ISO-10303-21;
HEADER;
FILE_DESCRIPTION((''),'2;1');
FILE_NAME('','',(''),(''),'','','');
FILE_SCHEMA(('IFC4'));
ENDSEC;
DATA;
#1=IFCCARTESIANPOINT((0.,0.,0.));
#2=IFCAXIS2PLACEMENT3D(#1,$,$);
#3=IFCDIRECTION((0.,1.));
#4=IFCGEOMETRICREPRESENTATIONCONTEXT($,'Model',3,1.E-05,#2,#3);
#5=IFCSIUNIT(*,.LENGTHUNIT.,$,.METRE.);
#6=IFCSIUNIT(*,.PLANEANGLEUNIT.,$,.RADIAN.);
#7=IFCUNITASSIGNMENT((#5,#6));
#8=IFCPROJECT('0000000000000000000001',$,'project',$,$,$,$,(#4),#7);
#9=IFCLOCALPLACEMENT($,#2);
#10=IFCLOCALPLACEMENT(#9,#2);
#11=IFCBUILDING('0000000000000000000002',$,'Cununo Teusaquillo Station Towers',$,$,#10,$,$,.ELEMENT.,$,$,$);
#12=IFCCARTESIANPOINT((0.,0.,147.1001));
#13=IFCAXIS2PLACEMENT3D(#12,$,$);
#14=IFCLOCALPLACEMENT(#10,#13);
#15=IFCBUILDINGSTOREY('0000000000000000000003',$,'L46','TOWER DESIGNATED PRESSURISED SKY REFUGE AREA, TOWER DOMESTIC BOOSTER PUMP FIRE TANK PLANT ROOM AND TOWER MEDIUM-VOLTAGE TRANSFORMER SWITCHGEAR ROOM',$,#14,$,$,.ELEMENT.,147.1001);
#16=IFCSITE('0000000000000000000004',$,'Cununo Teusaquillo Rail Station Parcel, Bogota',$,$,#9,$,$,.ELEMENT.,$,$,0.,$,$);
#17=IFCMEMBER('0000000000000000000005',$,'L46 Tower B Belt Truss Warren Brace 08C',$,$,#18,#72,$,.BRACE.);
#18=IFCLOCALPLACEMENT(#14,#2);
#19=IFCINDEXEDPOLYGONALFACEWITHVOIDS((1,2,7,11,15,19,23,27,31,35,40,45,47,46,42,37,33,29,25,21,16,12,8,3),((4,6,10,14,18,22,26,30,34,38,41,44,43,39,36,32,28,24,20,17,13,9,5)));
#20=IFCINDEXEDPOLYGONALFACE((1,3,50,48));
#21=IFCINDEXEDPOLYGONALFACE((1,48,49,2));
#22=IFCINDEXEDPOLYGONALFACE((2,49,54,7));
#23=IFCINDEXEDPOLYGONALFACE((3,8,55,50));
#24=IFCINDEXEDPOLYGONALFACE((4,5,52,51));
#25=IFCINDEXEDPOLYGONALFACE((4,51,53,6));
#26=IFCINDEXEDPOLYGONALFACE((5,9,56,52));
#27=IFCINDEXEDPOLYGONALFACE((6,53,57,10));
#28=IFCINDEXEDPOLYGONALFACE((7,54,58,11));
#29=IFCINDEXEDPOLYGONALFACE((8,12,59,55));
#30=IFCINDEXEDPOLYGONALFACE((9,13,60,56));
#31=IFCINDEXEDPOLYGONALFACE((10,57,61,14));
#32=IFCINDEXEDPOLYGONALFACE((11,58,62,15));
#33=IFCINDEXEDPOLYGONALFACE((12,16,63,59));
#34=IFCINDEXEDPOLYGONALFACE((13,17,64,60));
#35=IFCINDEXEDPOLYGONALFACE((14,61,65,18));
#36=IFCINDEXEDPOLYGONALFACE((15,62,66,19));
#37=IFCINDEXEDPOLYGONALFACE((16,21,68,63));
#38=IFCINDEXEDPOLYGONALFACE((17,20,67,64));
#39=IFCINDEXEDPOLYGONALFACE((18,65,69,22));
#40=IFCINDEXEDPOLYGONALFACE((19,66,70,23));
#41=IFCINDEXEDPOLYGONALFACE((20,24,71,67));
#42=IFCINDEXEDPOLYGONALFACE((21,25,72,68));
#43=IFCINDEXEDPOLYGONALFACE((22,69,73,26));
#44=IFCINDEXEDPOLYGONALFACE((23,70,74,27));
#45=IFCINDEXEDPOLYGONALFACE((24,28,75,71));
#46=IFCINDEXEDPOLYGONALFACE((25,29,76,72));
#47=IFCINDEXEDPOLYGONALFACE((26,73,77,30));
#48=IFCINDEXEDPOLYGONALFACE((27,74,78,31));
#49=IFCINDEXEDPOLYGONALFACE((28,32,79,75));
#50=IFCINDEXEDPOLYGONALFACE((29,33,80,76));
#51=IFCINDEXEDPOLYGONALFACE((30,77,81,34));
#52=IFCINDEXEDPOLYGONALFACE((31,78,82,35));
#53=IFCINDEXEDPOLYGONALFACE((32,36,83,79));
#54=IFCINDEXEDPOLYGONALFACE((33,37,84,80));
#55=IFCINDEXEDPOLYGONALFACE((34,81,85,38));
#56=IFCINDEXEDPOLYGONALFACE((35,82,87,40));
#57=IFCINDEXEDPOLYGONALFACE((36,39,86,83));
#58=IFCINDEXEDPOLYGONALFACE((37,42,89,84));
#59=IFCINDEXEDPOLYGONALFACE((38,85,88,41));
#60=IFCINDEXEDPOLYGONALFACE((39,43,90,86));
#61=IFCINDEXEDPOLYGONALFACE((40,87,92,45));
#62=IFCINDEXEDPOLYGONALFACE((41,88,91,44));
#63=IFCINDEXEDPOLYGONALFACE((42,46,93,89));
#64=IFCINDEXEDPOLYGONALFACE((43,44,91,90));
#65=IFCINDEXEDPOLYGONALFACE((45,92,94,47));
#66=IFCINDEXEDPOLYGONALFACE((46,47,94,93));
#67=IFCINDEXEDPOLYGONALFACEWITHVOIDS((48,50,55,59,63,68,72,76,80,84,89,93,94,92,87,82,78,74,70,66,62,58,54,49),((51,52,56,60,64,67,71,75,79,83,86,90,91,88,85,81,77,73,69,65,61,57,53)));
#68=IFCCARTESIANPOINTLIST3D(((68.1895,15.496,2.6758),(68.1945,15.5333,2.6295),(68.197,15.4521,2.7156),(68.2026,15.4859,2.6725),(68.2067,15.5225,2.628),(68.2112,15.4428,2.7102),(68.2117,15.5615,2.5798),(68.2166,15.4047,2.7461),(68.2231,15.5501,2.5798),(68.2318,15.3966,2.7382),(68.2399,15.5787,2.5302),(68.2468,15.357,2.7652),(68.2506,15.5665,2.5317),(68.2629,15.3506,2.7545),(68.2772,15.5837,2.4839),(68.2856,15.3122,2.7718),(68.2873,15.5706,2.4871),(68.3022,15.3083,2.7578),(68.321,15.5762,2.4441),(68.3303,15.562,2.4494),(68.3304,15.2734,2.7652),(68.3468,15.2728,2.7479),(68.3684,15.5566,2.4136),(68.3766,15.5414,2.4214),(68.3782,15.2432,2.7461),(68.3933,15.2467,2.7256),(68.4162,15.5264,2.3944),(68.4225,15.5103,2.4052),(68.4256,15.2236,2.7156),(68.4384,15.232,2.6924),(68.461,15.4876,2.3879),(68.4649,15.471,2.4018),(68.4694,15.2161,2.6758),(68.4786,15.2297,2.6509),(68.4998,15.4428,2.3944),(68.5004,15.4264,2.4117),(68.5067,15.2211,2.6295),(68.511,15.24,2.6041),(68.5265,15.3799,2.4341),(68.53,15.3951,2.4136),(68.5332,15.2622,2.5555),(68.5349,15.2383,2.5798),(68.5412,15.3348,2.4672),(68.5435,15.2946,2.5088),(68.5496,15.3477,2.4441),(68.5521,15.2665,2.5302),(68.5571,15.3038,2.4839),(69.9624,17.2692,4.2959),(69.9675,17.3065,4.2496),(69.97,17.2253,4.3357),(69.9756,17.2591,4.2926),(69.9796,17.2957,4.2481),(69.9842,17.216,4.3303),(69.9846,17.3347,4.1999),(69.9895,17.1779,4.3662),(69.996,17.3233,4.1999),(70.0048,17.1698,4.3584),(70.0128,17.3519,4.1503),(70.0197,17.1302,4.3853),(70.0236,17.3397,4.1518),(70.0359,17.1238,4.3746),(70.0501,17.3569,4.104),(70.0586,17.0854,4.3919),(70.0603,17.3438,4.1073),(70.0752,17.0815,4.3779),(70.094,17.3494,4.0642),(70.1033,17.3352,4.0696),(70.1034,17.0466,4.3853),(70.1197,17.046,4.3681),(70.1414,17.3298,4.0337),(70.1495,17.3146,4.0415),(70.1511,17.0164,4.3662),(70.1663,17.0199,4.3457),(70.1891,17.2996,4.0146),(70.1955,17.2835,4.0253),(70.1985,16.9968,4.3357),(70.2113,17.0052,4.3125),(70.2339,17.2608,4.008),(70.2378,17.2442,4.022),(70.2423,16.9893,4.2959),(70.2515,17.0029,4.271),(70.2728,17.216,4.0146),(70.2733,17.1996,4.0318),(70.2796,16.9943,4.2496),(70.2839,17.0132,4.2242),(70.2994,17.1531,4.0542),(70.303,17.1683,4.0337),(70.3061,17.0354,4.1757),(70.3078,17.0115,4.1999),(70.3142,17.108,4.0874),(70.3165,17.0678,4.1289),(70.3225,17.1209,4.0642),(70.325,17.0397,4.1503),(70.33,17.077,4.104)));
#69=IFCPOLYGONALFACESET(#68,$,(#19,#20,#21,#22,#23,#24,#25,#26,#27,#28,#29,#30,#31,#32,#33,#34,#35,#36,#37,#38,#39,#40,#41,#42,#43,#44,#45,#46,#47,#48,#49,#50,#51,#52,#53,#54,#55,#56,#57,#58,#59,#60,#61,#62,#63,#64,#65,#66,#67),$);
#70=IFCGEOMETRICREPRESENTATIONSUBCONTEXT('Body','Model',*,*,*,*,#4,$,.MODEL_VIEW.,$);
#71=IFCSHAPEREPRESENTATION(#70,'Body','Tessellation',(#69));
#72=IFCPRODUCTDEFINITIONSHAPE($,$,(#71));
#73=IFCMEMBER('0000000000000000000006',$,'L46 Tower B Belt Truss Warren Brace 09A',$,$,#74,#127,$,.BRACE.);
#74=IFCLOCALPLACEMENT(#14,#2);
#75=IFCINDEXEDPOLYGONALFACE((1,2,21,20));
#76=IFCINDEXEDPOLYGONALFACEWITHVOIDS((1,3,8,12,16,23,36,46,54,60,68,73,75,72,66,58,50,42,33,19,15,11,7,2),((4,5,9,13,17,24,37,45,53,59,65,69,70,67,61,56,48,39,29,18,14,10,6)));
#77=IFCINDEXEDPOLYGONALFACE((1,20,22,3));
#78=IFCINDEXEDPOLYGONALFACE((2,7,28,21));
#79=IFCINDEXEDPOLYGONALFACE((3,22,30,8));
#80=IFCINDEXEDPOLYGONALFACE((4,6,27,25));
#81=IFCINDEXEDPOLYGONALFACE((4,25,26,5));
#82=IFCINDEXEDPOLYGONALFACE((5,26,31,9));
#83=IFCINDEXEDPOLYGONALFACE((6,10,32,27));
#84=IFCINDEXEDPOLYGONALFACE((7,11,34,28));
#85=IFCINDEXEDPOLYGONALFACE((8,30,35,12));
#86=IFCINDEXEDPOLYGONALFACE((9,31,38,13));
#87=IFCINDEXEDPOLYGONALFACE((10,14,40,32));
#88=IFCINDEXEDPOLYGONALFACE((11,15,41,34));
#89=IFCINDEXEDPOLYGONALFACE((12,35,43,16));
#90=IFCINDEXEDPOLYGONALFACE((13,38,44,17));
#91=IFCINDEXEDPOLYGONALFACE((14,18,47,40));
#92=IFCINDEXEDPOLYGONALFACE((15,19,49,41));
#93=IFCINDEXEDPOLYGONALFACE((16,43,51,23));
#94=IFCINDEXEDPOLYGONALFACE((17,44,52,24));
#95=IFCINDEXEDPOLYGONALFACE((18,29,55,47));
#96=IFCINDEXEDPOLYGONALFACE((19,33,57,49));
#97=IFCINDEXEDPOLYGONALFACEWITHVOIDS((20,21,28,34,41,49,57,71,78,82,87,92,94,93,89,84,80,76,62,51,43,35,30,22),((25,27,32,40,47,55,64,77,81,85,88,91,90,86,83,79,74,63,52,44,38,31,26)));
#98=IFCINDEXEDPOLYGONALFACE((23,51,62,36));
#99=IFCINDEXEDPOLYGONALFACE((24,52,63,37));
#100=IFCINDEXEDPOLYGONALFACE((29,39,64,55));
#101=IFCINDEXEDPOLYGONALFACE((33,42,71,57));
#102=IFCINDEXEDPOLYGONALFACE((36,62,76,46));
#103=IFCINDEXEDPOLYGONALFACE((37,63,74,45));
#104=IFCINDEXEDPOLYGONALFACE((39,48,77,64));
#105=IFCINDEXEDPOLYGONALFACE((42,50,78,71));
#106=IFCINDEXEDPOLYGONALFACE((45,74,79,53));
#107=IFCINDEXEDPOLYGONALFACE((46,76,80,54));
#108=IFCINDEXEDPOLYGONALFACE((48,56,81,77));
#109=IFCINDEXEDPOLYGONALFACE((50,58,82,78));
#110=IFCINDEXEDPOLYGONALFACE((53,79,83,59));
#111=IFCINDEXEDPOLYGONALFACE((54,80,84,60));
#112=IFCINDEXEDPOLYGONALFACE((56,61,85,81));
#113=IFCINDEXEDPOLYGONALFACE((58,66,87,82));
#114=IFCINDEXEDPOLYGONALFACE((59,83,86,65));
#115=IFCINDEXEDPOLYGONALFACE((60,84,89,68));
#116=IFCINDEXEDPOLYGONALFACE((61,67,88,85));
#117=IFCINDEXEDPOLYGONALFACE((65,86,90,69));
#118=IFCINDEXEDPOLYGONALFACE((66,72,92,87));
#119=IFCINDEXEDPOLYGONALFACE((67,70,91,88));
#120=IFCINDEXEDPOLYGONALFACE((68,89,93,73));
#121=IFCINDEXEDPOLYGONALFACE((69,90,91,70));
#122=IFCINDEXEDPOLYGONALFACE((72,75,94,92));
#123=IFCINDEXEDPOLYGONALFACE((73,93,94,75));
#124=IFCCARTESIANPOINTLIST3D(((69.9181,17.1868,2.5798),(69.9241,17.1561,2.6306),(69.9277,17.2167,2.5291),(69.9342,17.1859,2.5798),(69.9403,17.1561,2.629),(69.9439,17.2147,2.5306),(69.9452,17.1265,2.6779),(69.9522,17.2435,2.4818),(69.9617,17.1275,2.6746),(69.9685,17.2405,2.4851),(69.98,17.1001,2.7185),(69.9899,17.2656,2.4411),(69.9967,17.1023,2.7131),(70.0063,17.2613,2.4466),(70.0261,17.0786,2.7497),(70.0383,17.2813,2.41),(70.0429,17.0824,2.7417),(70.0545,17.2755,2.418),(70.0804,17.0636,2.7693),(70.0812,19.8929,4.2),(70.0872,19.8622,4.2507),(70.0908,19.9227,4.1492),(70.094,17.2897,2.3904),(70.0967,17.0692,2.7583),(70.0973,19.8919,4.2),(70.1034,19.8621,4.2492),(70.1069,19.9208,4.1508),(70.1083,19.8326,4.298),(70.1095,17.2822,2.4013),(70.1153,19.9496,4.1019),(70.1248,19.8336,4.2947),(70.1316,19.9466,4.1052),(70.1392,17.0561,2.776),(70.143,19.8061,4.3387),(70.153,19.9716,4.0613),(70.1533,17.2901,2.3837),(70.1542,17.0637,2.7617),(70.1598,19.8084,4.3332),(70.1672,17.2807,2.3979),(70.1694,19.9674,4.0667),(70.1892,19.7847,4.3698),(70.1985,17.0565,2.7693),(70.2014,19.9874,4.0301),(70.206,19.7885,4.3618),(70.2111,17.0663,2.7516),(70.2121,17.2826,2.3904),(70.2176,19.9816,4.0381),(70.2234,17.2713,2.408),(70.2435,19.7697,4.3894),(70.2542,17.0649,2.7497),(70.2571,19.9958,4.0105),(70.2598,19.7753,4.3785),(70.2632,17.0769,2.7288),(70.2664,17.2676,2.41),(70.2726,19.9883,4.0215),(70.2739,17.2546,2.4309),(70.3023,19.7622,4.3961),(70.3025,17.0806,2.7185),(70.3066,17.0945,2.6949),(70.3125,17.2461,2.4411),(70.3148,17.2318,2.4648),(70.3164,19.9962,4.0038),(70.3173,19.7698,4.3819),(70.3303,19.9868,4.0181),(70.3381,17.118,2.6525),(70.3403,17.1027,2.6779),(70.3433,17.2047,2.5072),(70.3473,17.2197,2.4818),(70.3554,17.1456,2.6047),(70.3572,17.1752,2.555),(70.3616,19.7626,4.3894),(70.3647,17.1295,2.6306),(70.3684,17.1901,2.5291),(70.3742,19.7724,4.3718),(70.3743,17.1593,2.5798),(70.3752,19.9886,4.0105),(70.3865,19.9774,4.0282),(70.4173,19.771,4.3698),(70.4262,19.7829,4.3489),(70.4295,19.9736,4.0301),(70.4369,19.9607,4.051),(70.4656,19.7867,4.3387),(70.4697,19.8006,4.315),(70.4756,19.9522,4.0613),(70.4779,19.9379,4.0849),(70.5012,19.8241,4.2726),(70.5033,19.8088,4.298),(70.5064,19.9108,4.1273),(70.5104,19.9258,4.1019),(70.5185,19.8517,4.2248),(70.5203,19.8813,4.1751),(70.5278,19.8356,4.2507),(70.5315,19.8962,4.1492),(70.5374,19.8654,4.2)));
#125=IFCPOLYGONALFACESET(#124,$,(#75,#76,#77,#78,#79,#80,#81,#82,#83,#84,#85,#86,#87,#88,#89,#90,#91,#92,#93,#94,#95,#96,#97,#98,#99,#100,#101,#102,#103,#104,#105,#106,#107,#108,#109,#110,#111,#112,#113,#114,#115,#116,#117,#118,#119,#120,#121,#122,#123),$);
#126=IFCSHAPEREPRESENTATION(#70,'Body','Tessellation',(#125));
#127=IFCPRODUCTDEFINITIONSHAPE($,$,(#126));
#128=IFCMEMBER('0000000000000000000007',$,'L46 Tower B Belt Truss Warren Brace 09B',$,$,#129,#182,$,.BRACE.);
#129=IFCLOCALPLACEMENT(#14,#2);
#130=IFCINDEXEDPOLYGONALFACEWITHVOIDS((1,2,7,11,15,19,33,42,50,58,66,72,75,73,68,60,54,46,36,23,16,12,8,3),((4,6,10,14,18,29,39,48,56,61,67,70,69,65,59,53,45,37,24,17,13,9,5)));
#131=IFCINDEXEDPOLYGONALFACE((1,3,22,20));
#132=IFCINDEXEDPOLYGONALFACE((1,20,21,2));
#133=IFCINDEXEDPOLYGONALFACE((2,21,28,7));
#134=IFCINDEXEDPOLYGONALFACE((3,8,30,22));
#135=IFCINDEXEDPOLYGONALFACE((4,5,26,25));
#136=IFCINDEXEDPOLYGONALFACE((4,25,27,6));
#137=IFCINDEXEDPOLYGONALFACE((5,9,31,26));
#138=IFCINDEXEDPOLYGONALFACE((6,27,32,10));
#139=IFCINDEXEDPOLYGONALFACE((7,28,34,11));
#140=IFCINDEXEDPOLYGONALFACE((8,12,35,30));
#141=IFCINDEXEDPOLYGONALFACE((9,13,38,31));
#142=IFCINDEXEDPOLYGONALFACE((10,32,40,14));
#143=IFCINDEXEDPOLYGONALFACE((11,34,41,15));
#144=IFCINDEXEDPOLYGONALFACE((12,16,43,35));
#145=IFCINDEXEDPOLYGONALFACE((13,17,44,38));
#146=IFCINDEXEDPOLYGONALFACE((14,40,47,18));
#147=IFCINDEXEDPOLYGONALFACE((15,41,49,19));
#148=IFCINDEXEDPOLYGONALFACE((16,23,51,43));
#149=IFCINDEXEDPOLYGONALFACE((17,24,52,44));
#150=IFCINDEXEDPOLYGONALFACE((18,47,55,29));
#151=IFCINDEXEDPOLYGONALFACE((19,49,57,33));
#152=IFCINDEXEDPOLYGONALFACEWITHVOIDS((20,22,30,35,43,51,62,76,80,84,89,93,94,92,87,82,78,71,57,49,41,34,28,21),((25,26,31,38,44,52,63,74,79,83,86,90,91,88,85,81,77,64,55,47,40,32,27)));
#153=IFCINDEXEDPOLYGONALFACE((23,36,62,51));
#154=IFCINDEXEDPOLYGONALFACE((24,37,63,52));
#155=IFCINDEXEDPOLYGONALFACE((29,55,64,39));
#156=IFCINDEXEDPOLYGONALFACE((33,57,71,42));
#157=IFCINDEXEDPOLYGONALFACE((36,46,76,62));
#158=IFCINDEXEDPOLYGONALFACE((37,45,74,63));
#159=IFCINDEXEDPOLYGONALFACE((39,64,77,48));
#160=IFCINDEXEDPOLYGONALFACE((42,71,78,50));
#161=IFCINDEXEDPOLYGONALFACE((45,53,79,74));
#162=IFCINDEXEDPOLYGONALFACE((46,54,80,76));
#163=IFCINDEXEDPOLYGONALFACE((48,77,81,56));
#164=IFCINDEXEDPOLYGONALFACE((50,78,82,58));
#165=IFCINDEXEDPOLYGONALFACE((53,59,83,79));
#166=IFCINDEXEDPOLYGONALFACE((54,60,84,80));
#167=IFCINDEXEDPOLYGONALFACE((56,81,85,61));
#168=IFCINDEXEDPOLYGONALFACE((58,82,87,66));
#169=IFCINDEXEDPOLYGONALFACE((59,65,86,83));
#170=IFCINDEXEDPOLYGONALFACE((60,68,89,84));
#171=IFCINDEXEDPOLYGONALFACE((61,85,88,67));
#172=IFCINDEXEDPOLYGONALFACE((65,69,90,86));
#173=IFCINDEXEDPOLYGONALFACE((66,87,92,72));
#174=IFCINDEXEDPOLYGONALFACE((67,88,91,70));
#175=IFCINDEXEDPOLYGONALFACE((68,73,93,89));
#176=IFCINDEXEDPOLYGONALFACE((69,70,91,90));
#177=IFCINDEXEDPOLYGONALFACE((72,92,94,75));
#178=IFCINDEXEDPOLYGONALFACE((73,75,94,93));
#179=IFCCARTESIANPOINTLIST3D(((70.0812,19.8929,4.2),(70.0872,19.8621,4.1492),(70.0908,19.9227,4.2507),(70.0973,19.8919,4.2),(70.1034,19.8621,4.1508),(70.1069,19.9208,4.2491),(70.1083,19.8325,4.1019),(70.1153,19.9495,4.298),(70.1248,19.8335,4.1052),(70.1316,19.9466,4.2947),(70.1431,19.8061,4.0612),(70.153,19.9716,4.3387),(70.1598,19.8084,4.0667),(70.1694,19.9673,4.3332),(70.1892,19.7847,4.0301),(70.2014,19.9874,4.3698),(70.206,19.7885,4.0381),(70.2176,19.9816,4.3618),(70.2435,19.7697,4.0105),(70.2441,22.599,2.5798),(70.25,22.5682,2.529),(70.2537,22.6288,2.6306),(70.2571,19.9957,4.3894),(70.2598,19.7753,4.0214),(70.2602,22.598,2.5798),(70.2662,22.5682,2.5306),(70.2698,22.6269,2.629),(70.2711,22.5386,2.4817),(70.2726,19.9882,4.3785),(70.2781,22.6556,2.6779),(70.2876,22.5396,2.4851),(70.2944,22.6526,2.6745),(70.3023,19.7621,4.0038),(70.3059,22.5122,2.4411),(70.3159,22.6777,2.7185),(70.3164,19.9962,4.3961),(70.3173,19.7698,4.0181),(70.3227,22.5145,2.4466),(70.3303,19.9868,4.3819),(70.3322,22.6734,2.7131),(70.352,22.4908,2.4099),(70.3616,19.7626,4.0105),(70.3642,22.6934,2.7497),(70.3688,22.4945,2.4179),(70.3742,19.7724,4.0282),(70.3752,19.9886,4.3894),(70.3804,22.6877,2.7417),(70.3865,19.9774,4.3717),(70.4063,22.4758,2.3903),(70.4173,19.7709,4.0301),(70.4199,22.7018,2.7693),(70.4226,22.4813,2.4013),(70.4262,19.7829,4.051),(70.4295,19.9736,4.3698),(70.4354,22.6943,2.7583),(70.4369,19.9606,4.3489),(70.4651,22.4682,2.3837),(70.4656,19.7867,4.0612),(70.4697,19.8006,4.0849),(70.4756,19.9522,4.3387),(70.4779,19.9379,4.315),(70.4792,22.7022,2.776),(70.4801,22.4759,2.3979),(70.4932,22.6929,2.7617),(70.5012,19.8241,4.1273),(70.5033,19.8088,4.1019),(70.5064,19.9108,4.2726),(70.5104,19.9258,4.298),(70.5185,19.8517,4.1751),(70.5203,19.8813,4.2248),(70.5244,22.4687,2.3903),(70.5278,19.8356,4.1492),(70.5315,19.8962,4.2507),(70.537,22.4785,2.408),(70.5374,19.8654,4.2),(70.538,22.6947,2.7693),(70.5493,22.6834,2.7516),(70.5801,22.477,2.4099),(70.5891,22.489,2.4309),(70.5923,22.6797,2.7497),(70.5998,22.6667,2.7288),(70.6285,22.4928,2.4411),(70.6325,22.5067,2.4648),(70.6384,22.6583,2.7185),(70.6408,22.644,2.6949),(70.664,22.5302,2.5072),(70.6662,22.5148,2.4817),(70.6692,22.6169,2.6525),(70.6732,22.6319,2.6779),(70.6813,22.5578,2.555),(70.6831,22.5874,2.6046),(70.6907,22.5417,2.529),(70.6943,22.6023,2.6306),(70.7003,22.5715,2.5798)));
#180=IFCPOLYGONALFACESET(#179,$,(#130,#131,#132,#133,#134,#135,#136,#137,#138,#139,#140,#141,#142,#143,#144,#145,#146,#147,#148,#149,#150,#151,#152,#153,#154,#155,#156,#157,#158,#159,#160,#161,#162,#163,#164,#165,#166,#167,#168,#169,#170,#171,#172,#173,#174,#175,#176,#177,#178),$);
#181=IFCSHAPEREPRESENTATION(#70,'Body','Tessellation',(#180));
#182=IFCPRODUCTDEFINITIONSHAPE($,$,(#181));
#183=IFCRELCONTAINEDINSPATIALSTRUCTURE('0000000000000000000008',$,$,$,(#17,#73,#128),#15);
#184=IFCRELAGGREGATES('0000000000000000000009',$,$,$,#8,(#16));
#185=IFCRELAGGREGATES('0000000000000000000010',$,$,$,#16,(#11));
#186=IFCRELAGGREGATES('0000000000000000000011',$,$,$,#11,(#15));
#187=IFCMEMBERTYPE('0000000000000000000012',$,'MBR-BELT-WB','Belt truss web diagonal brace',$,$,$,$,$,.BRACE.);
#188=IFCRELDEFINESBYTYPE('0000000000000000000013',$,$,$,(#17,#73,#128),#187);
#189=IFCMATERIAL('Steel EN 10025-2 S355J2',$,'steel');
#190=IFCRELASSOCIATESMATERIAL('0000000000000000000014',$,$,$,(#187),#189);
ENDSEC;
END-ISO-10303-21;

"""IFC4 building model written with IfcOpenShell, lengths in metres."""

from ifc_helpers import new_model, si_unit, direction, frame, origin, origin_2d, place, context, subcontext, project, spatial, hollow_circle, extrude, material, material_profile, profile_set, type_object, element, save


model = new_model("IFC4")

# Units and contexts
model_context = context("Model", 3, precision=1e-05, world=origin(), true_north=direction((0.0, 1.0)))
body_context = subcontext(model_context, "Body", "Model", "MODEL_VIEW")
ifc_project = project(units=[si_unit("LENGTHUNIT", "METRE"), si_unit("PLANEANGLEUNIT", "RADIAN")], contexts=[model_context])

# Site, building, storey
site_placement = place(None, origin())
site = spatial("IfcSite", under=ifc_project, at=site_placement, Name="Cununo Teusaquillo Rail Station Parcel, Bogota", CompositionType="ELEMENT", RefElevation=0.0)
building_placement = place(site_placement, origin())
building = spatial("IfcBuilding", under=site, at=building_placement, Name="Cununo Teusaquillo Station Towers", CompositionType="ELEMENT")
storey_placement = place(building_placement, frame((0.0, 0.0, 147.1001)))
storey = spatial("IfcBuildingStorey", under=building, at=storey_placement, Name="L46", Description="TOWER DESIGNATED PRESSURISED SKY REFUGE AREA, TOWER DOMESTIC BOOSTER PUMP FIRE TANK PLANT ROOM AND TOWER MEDIUM-VOLTAGE TRANSFORMER SWITCHGEAR ROOM", CompositionType="ELEMENT", Elevation=147.1001)

# Members
ifc_material_1 = material(Name="Steel EN 10025-2 S355J2", Category="steel")
ifc_material_profile_1 = material_profile(ifc_material_1, hollow_circle(Radius=0.2285, WallThickness=0.0161, at=origin_2d()), Name="CHS 457x16")
ifc_profile_set_1 = profile_set([ifc_material_profile_1], Name="Steel EN 10025-2 S355J2")
member_type_1 = type_object("IfcMemberType", Name="MBR-BELT-WB", Description="Belt truss web diagonal brace", PredefinedType="BRACE", material=ifc_profile_set_1)
member_1_placement = place(storey_placement, frame((68.3733, 15.3999, 2.5798), z_axis=(0.593882, 0.593964, 0.542688), x_axis=(-0.707155, 0.707058, 0.0)))
element("IfcMember", 1, at=member_1_placement, inside=storey, type_object=member_type_1, Name="L46 Tower B Belt Truss Warren Brace 08C", PredefinedType="BRACE", context=body_context, shape_type="SweptSolid", body=[
    extrude(hollow_circle(Radius=0.2285, WallThickness=0.0161, at=origin_2d()), origin(), (0.0, 0.0, 1.0), 2.9854),
])
for number, where, z_axis, x_axis, name in (
    (2, (70.1462, 17.1731, 2.5798), (0.051639, 0.85684, 0.512991), (-0.998189, 0.060158, 0.0), "L46 Tower B Belt Truss Warren Brace 09A"),
    (3, (70.3093, 19.8792, 4.2), (0.051562, 0.856843, -0.512993), (-0.998194, 0.060068, 0.0), "L46 Tower B Belt Truss Warren Brace 09B"),
):
    element("IfcMember", number, at=place(storey_placement, frame(where, z_axis=z_axis, x_axis=x_axis)), inside=storey, type_object=member_type_1, Name=name, PredefinedType="BRACE", context=body_context, shape_type="SweptSolid", body=[
        extrude(hollow_circle(Radius=0.2285, WallThickness=0.0161, at=origin_2d()), origin(), (0.0, 0.0, 1.0), 3.1582),
    ])

save(model, "model.ifc")
